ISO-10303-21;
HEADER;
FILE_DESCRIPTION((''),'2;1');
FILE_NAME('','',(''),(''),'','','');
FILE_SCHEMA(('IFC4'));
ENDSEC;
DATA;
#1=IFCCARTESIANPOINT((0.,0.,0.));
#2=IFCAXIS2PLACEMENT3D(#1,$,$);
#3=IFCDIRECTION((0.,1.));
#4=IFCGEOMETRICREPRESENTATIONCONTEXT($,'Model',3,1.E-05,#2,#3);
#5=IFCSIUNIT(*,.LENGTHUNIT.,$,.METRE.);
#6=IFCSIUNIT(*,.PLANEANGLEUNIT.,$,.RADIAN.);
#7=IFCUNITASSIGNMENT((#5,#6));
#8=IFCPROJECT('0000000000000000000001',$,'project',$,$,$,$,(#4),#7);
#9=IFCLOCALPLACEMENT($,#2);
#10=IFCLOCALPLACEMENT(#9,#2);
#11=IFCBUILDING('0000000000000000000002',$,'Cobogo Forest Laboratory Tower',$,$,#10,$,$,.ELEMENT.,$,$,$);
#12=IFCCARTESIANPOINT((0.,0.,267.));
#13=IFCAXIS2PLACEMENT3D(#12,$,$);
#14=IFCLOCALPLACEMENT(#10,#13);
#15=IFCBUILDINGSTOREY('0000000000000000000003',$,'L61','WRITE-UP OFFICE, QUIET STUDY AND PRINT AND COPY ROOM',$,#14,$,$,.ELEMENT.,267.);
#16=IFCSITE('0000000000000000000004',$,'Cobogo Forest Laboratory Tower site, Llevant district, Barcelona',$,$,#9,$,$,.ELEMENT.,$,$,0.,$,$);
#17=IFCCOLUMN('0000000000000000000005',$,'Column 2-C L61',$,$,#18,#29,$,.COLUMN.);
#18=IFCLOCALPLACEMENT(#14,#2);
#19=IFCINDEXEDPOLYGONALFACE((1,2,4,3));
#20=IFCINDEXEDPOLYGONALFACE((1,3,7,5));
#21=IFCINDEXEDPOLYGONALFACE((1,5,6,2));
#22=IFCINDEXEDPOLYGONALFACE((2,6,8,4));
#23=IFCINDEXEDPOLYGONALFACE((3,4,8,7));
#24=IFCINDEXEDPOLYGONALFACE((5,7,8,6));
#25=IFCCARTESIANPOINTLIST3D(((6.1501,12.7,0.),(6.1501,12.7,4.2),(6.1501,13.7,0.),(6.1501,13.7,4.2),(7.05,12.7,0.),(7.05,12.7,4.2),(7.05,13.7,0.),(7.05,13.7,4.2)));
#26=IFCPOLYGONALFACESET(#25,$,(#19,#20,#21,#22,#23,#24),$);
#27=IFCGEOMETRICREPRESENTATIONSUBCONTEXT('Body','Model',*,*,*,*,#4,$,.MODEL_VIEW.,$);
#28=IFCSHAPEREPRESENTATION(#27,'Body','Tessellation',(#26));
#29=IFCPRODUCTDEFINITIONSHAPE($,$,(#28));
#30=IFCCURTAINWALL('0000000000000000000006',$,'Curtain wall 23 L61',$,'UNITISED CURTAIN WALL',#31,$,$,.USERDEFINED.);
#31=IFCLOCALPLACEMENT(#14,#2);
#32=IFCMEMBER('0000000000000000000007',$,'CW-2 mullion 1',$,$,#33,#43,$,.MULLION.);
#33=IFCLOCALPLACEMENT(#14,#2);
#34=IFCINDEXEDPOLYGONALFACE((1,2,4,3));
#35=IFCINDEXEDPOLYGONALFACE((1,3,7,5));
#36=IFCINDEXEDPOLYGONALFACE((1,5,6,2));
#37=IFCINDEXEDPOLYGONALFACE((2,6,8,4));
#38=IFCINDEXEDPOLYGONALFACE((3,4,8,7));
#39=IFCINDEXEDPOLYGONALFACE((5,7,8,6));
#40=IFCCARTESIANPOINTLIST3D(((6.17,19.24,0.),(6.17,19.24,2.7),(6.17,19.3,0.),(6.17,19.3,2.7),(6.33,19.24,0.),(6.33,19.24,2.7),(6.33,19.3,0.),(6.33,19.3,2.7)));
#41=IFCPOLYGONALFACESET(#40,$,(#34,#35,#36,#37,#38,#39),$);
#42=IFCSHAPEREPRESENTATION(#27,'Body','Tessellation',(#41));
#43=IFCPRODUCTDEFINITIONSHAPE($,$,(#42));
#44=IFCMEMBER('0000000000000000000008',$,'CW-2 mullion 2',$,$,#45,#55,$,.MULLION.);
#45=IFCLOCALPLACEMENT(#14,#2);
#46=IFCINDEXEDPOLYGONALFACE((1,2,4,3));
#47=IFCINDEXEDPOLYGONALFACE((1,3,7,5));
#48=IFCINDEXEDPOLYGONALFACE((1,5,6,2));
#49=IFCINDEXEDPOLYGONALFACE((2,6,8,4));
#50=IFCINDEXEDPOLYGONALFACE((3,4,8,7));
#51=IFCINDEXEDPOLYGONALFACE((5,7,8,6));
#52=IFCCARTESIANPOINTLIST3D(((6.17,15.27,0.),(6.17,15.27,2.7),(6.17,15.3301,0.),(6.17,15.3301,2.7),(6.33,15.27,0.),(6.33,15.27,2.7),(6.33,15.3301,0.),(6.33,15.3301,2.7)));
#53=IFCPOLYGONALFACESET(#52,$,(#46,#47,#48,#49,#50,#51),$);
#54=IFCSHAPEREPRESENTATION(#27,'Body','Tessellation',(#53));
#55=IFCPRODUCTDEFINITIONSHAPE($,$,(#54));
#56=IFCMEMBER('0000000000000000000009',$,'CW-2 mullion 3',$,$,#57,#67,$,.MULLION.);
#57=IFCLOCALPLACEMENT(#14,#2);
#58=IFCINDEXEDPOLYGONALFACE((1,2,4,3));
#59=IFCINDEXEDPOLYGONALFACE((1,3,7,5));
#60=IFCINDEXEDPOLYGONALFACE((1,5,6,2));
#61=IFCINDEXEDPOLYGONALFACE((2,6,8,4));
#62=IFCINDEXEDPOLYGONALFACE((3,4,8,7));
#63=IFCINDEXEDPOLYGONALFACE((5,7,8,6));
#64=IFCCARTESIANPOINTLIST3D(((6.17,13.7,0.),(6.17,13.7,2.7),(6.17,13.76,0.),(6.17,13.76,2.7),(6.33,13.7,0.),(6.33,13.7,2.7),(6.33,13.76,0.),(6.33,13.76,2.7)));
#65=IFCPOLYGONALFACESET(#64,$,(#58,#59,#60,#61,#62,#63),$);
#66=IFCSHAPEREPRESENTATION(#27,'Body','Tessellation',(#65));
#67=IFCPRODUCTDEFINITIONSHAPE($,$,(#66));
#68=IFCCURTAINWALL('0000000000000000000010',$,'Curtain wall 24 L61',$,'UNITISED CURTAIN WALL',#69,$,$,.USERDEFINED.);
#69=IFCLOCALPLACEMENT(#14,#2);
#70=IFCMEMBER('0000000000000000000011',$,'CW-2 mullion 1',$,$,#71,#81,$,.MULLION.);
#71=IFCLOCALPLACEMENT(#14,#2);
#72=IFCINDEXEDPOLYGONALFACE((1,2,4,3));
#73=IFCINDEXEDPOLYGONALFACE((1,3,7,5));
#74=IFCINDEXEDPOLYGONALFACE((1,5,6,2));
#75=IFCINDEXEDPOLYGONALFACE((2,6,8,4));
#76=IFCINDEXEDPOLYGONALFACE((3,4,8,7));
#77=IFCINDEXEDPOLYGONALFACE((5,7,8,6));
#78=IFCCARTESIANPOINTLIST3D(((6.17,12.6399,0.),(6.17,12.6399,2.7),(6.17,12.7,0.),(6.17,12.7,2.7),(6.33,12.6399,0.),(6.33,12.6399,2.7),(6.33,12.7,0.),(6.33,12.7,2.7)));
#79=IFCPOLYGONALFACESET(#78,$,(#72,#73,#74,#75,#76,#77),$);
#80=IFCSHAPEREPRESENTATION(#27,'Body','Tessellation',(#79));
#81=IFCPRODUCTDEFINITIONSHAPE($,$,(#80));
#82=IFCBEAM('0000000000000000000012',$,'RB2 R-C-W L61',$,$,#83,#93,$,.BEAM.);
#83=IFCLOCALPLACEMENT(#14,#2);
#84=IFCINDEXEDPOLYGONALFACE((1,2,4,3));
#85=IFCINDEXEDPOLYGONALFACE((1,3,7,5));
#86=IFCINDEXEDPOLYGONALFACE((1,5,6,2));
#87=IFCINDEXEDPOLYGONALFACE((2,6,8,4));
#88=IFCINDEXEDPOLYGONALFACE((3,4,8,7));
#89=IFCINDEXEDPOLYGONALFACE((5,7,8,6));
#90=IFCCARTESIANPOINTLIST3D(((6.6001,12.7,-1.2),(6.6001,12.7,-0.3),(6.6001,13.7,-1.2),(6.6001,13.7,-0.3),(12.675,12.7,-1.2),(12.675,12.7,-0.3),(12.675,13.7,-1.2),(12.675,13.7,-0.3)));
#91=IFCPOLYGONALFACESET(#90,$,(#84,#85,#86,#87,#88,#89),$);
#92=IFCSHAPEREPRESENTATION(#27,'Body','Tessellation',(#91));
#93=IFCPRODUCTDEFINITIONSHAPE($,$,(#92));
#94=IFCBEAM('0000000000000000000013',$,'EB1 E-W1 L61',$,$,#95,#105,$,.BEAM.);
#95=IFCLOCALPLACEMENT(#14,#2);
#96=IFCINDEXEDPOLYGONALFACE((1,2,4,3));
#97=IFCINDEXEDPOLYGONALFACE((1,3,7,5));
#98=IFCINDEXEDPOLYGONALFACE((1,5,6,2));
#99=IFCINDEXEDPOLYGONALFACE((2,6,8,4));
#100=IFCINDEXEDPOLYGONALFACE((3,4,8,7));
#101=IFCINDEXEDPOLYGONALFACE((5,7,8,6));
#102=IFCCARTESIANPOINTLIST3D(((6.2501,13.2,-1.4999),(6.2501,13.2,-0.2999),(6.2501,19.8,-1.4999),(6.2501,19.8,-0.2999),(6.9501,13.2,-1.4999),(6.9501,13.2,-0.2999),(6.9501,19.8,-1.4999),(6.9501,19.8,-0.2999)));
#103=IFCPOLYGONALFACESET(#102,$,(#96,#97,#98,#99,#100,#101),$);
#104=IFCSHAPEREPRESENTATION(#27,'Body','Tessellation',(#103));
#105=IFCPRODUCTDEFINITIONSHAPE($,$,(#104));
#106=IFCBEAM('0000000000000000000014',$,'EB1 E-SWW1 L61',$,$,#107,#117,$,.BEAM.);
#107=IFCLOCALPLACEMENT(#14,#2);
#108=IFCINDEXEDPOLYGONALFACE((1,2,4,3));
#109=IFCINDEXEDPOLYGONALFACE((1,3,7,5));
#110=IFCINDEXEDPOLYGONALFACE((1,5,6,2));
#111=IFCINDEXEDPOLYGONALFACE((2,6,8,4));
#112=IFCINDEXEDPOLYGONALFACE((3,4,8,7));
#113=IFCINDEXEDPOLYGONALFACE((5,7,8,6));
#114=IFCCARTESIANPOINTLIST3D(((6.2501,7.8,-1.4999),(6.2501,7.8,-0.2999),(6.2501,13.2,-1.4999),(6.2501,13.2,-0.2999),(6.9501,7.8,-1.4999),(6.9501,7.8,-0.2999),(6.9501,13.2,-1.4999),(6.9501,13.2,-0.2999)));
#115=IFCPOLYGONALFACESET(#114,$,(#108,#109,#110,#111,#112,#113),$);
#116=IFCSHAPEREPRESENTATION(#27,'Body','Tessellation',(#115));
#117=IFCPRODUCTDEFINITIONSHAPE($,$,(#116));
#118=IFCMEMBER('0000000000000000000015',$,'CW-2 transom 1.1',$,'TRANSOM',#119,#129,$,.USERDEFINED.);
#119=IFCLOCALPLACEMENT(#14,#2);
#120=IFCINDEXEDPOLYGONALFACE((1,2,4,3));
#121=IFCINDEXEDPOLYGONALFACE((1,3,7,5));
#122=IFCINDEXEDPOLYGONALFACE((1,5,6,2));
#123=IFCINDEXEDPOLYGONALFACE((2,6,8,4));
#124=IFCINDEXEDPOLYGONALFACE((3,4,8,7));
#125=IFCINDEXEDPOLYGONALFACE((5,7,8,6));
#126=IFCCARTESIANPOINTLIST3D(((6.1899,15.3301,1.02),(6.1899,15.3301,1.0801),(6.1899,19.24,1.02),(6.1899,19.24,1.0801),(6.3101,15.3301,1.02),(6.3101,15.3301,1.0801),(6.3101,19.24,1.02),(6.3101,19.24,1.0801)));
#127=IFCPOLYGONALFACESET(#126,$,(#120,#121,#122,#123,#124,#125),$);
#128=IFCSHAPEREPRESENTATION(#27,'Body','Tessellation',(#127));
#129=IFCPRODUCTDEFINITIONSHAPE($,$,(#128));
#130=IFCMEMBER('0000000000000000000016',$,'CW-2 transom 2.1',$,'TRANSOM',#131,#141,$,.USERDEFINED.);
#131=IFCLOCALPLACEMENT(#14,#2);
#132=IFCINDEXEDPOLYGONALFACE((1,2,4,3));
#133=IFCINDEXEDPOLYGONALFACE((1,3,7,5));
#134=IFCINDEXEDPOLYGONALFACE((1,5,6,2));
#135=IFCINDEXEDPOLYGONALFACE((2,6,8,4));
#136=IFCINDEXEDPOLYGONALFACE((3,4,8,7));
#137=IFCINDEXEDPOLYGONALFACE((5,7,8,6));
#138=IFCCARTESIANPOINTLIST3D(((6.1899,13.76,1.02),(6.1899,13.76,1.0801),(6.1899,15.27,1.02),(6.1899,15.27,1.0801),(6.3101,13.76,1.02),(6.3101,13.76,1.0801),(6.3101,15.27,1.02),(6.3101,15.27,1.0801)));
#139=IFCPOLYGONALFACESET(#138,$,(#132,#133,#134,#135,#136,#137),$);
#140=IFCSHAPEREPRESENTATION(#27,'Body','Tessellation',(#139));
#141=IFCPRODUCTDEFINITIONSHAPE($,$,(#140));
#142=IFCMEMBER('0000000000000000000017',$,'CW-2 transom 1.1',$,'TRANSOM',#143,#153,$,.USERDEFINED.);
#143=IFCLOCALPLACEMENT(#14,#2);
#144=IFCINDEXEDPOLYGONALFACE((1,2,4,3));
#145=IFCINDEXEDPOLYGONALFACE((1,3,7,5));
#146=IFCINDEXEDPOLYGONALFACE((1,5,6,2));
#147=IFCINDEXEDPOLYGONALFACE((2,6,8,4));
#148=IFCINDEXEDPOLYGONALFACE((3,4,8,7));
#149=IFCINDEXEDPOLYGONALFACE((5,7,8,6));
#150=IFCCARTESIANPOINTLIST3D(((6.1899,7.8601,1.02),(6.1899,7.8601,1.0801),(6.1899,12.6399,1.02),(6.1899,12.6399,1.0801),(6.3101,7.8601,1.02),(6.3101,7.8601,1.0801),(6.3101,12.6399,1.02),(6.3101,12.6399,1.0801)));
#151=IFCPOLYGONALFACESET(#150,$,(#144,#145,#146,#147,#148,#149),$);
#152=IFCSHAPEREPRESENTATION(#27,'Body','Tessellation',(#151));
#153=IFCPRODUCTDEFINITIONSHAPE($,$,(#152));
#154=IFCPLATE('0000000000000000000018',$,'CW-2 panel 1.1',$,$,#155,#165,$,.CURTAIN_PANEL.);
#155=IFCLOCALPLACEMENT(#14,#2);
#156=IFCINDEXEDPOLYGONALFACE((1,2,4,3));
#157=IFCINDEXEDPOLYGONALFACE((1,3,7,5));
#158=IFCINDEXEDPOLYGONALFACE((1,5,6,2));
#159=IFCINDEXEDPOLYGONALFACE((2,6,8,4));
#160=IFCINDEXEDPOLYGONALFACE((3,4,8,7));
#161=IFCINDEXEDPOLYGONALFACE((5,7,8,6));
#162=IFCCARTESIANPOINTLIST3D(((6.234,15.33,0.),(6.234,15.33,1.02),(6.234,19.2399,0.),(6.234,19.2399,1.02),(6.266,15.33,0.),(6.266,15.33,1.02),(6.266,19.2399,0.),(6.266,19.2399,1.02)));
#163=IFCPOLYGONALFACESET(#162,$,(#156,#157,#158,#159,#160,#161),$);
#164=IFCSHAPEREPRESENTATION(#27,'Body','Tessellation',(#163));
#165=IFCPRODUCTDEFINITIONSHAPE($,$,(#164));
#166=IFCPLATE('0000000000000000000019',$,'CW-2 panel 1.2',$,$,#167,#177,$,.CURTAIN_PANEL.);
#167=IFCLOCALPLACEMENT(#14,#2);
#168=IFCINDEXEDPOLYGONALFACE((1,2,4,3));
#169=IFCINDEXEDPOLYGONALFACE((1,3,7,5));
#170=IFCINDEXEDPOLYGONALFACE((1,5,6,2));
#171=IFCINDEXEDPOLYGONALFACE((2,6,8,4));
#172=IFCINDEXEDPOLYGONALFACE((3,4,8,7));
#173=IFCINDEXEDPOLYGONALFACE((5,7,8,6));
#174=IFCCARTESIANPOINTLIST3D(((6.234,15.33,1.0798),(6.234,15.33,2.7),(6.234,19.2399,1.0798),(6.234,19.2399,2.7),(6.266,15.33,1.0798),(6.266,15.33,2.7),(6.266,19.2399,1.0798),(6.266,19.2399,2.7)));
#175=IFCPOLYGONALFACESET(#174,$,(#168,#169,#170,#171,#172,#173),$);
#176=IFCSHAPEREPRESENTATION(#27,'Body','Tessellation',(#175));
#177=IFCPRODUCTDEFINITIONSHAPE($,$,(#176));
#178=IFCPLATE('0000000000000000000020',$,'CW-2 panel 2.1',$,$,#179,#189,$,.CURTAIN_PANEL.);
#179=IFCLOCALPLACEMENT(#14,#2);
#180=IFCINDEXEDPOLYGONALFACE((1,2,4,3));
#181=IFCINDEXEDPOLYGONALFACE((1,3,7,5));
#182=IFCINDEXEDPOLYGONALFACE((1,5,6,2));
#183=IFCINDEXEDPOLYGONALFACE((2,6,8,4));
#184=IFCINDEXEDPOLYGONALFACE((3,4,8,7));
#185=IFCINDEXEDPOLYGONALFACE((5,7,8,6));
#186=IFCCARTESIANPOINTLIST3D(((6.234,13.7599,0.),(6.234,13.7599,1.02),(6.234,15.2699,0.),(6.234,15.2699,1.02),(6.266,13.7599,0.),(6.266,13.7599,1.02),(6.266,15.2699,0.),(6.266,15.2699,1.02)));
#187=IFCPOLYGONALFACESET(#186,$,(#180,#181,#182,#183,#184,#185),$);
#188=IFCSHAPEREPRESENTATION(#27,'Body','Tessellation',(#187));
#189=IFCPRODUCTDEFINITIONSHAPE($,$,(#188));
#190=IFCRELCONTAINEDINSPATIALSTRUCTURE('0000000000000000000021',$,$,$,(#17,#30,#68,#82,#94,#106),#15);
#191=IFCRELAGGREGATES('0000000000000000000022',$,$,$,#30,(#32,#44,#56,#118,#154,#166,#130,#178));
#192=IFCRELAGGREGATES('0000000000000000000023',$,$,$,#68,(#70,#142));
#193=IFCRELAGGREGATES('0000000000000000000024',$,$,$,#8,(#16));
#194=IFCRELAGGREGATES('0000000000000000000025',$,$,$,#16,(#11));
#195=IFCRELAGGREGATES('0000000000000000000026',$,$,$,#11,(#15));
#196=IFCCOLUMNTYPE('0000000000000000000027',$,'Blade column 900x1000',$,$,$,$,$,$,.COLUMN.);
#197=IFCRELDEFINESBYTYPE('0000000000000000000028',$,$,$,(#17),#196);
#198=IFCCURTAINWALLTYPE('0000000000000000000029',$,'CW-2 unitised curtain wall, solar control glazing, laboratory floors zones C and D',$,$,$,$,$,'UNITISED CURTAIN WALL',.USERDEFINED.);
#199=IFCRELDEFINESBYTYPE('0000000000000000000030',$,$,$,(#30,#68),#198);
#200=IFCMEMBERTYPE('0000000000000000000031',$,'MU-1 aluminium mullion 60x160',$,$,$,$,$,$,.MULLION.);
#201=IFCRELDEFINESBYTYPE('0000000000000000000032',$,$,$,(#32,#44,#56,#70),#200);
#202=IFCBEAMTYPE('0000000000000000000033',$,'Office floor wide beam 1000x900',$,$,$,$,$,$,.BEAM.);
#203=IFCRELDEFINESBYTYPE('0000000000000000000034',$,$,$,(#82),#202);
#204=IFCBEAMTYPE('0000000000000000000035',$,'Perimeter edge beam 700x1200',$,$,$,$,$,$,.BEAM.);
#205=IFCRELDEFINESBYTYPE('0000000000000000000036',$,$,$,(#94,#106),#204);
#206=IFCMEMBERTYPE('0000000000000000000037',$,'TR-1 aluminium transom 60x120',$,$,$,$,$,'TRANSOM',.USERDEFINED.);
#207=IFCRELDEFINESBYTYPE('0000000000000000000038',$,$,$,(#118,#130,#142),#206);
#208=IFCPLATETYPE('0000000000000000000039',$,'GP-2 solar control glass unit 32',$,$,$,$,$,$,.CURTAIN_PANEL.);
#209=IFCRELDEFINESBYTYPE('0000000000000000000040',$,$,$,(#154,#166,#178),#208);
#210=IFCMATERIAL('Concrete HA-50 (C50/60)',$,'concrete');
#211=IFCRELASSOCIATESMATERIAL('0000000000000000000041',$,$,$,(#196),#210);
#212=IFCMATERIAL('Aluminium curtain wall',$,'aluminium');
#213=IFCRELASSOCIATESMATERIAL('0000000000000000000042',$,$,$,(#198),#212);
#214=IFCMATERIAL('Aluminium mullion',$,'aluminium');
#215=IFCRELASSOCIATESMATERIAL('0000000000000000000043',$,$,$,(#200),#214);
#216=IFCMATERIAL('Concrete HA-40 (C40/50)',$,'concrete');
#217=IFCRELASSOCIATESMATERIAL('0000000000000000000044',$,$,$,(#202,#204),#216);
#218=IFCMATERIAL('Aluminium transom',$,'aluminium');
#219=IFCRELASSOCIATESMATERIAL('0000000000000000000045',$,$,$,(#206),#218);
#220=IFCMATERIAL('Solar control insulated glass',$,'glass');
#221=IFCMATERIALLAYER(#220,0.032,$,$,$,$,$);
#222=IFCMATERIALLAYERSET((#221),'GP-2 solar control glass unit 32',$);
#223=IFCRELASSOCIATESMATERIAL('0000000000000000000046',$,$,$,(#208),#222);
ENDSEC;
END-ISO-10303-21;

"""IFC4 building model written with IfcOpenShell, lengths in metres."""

from ifc_helpers import new_model, si_unit, direction, frame, origin, origin_2d, place, context, subcontext, project, spatial, rectangle, extrude, material, layer, layer_set, material_profile, profile_set, type_object, element, aggregate, save


model = new_model("IFC4")

# Units and contexts
model_context = context("Model", 3, precision=1e-05, world=origin(), true_north=direction((0.0, 1.0)))
body_context = subcontext(model_context, "Body", "Model", "MODEL_VIEW")
ifc_project = project(units=[si_unit("LENGTHUNIT", "METRE"), si_unit("PLANEANGLEUNIT", "RADIAN")], contexts=[model_context])

# Site, building, storey
site_placement = place(None, origin())
site = spatial("IfcSite", under=ifc_project, at=site_placement, Name="Cobogo Forest Laboratory Tower site, Llevant district, Barcelona", CompositionType="ELEMENT", RefElevation=0.0)
building_placement = place(site_placement, origin())
building = spatial("IfcBuilding", under=site, at=building_placement, Name="Cobogo Forest Laboratory Tower", CompositionType="ELEMENT")
storey_placement = place(building_placement, frame((0.0, 0.0, 267.0)))
storey = spatial("IfcBuildingStorey", under=building, at=storey_placement, Name="L61", Description="WRITE-UP OFFICE, QUIET STUDY AND PRINT AND COPY ROOM", CompositionType="ELEMENT", Elevation=267.0)

# Column
ifc_material_1 = material(Name="Concrete HA-50 (C50/60)", Category="concrete")
ifc_material_profile_1 = material_profile(ifc_material_1, rectangle(XDim=1.0, YDim=0.8999, at=origin_2d()), Name="RC 900x1000")
ifc_profile_set_1 = profile_set([ifc_material_profile_1], Name="Concrete HA-50 (C50/60)")
column_type = type_object("IfcColumnType", Name="Blade column 900x1000", PredefinedType="COLUMN", material=ifc_profile_set_1)
column_placement = place(storey_placement, frame((6.6001, 13.2, 0.0), z_axis=(0.0, 0.0, 1.0), x_axis=(0.0, 1.0, 0.0)))
element("IfcColumn", 1, at=column_placement, inside=storey, type_object=column_type, Name="Column 2-C L61", PredefinedType="COLUMN", context=body_context, shape_type="SweptSolid", body=[
    extrude(rectangle(XDim=1.0, YDim=0.8999, at=origin_2d()), origin(), (0.0, 0.0, 1.0), 4.2),
])

# Curtain wall, members
ifc_material_2 = material(Name="Aluminium curtain wall", Category="aluminium")
curtain_wall_type = type_object("IfcCurtainWallType", Name="CW-2 unitised curtain wall, solar control glazing, laboratory floors zones C and D", ElementType="UNITISED CURTAIN WALL", PredefinedType="USERDEFINED", material=ifc_material_2)
curtain_wall_1_placement = place(storey_placement, origin())
curtain_wall_1 = element("IfcCurtainWall", 2, at=curtain_wall_1_placement, inside=storey, type_object=curtain_wall_type, Name="Curtain wall 23 L61", ObjectType="UNITISED CURTAIN WALL", PredefinedType="USERDEFINED")
ifc_material_3 = material(Name="Aluminium mullion", Category="aluminium")
ifc_material_profile_2 = material_profile(ifc_material_3, rectangle(XDim=0.0601, YDim=0.1599, at=origin_2d()), Name="AL 60x160")
ifc_profile_set_2 = profile_set([ifc_material_profile_2], Name="Aluminium mullion")
member_type_1 = type_object("IfcMemberType", Name="MU-1 aluminium mullion 60x160", PredefinedType="MULLION", material=ifc_profile_set_2)
member_1_placement = place(storey_placement, frame((6.25, 19.27, 0.0), z_axis=(0.0, 0.0, 1.0), x_axis=(0.0, -1.0, 0.0)))
member_1 = element("IfcMember", 3, at=member_1_placement, type_object=member_type_1, Name="CW-2 mullion 1", PredefinedType="MULLION", context=body_context, shape_type="SweptSolid", body=[
    extrude(rectangle(XDim=0.0601, YDim=0.1599, at=origin_2d()), origin(), (0.0, 0.0, 1.0), 2.7),
])
member_2_placement = place(storey_placement, frame((6.25, 15.3, 0.0), z_axis=(0.0, 0.0, 1.0), x_axis=(0.0, -1.0, 0.0)))
member_2 = element("IfcMember", 4, at=member_2_placement, type_object=member_type_1, Name="CW-2 mullion 2", PredefinedType="MULLION", context=body_context, shape_type="SweptSolid", body=[
    extrude(rectangle(XDim=0.0601, YDim=0.1599, at=origin_2d()), origin(), (0.0, 0.0, 1.0), 2.7),
])
member_3_placement = place(storey_placement, frame((6.25, 13.73, 0.0), z_axis=(0.0, 0.0, 1.0), x_axis=(0.0, -1.0, 0.0)))
member_3 = element("IfcMember", 5, at=member_3_placement, type_object=member_type_1, Name="CW-2 mullion 3", PredefinedType="MULLION", context=body_context, shape_type="SweptSolid", body=[
    extrude(rectangle(XDim=0.0601, YDim=0.1599, at=origin_2d()), origin(), (0.0, 0.0, 1.0), 2.7),
])

# Curtain wall, member
curtain_wall_2_placement = place(storey_placement, origin())
curtain_wall_2 = element("IfcCurtainWall", 6, at=curtain_wall_2_placement, inside=storey, type_object=curtain_wall_type, Name="Curtain wall 24 L61", ObjectType="UNITISED CURTAIN WALL", PredefinedType="USERDEFINED")
member_4_placement = place(storey_placement, frame((6.25, 12.6699, 0.0), z_axis=(0.0, 0.0, 1.0), x_axis=(0.0, -1.0, 0.0)))
member_4 = element("IfcMember", 7, at=member_4_placement, type_object=member_type_1, Name="CW-2 mullion 1", PredefinedType="MULLION", context=body_context, shape_type="SweptSolid", body=[
    extrude(rectangle(XDim=0.0601, YDim=0.1599, at=origin_2d()), origin(), (0.0, 0.0, 1.0), 2.7),
])

# Beams
ifc_material_4 = material(Name="Concrete HA-40 (C40/50)", Category="concrete")
ifc_material_profile_3 = material_profile(ifc_material_4, rectangle(XDim=1.0, YDim=0.8999, at=origin_2d()), Name="RC 1000x900")
ifc_profile_set_3 = profile_set([ifc_material_profile_3], Name="Concrete HA-40 (C40/50)")
beam_type_1 = type_object("IfcBeamType", Name="Office floor wide beam 1000x900", PredefinedType="BEAM", material=ifc_profile_set_3)
beam_1_placement = place(storey_placement, frame((12.675, 13.2, -0.75), z_axis=(-1.0, 0.0, 0.0), x_axis=(0.0, -1.0, 0.0)))
element("IfcBeam", 8, at=beam_1_placement, inside=storey, type_object=beam_type_1, Name="RB2 R-C-W L61", PredefinedType="BEAM", context=body_context, shape_type="SweptSolid", body=[
    extrude(rectangle(XDim=1.0, YDim=0.8999, at=origin_2d()), origin(), (0.0, 0.0, 1.0), 6.075),
])
ifc_material_profile_4 = material_profile(ifc_material_4, rectangle(XDim=0.7, YDim=1.2, at=origin_2d()), Name="RC 700x1200")
ifc_profile_set_4 = profile_set([ifc_material_profile_4], Name="Concrete HA-40 (C40/50)")
beam_type_2 = type_object("IfcBeamType", Name="Perimeter edge beam 700x1200", PredefinedType="BEAM", material=ifc_profile_set_4)
beam_2_placement = place(storey_placement, frame((6.6001, 13.2, -0.8999), z_axis=(0.0, 1.0, 0.0), x_axis=(-1.0, 0.0, 0.0)))
element("IfcBeam", 9, at=beam_2_placement, inside=storey, type_object=beam_type_2, Name="EB1 E-W1 L61", PredefinedType="BEAM", context=body_context, shape_type="SweptSolid", body=[
    extrude(rectangle(XDim=0.7, YDim=1.2, at=origin_2d()), origin(), (0.0, 0.0, 1.0), 6.6001),
])
beam_3_placement = place(storey_placement, frame((6.6001, 13.2, -0.8999), z_axis=(0.0, -1.0, 0.0), x_axis=(1.0, 0.0, 0.0)))
element("IfcBeam", 10, at=beam_3_placement, inside=storey, type_object=beam_type_2, Name="EB1 E-SWW1 L61", PredefinedType="BEAM", context=body_context, shape_type="SweptSolid", body=[
    extrude(rectangle(XDim=0.7, YDim=1.2, at=origin_2d()), origin(), (0.0, 0.0, 1.0), 5.3999),
])

# Members
ifc_material_5 = material(Name="Aluminium transom", Category="aluminium")
ifc_material_profile_5 = material_profile(ifc_material_5, rectangle(XDim=0.1201, YDim=0.0601, at=origin_2d()), Name="AL 60x120")
ifc_profile_set_5 = profile_set([ifc_material_profile_5], Name="Aluminium transom")
member_type_2 = type_object("IfcMemberType", Name="TR-1 aluminium transom 60x120", ElementType="TRANSOM", PredefinedType="USERDEFINED", material=ifc_profile_set_5)
member_5_placement = place(storey_placement, frame((6.25, 19.24, 1.05), z_axis=(0.0, -1.0, 0.0), x_axis=(1.0, 0.0, 0.0)))
member_5 = element("IfcMember", 11, at=member_5_placement, type_object=member_type_2, Name="CW-2 transom 1.1", ObjectType="TRANSOM", PredefinedType="USERDEFINED", context=body_context, shape_type="SweptSolid", body=[
    extrude(rectangle(XDim=0.1201, YDim=0.0601, at=origin_2d()), origin(), (0.0, 0.0, 1.0), 3.9099),
])
member_6_placement = place(storey_placement, frame((6.25, 15.27, 1.05), z_axis=(0.0, -1.0, 0.0), x_axis=(1.0, 0.0, 0.0)))
member_6 = element("IfcMember", 12, at=member_6_placement, type_object=member_type_2, Name="CW-2 transom 2.1", ObjectType="TRANSOM", PredefinedType="USERDEFINED", context=body_context, shape_type="SweptSolid", body=[
    extrude(rectangle(XDim=0.1201, YDim=0.0601, at=origin_2d()), origin(), (0.0, 0.0, 1.0), 1.51),
])
member_7_placement = place(storey_placement, frame((6.25, 12.6399, 1.05), z_axis=(0.0, -1.0, 0.0), x_axis=(1.0, 0.0, 0.0)))
member_7 = element("IfcMember", 13, at=member_7_placement, type_object=member_type_2, Name="CW-2 transom 1.1", ObjectType="TRANSOM", PredefinedType="USERDEFINED", context=body_context, shape_type="SweptSolid", body=[
    extrude(rectangle(XDim=0.1201, YDim=0.0601, at=origin_2d()), origin(), (0.0, 0.0, 1.0), 4.7798),
])

# Plates
ifc_material_6 = material(Name="Solar control insulated glass", Category="glass")
ifc_layer_1 = layer(ifc_material_6, 0.032)
ifc_layer_set_1 = layer_set([ifc_layer_1], Name="GP-2 solar control glass unit 32")
plate_type_1 = type_object("IfcPlateType", Name="GP-2 solar control glass unit 32", PredefinedType="CURTAIN_PANEL", material=ifc_layer_set_1)
plate_1_placement = place(storey_placement, frame((6.25, 17.2849, 0.0), z_axis=(0.0, 0.0, 1.0), x_axis=(0.0, -1.0, 0.0)))
plate_1 = element("IfcPlate", 14, at=plate_1_placement, type_object=plate_type_1, Name="CW-2 panel 1.1", PredefinedType="CURTAIN_PANEL", context=body_context, shape_type="SweptSolid", body=[
    extrude(rectangle(XDim=3.9099, YDim=0.032, at=origin_2d()), origin(), (0.0, 0.0, 1.0), 1.02),
])
plate_2_placement = place(storey_placement, frame((6.25, 17.2849, 1.0798), z_axis=(0.0, 0.0, 1.0), x_axis=(0.0, -1.0, 0.0)))
plate_2 = element("IfcPlate", 15, at=plate_2_placement, type_object=plate_type_1, Name="CW-2 panel 1.2", PredefinedType="CURTAIN_PANEL", context=body_context, shape_type="SweptSolid", body=[
    extrude(rectangle(XDim=3.9099, YDim=0.032, at=origin_2d()), origin(), (0.0, 0.0, 1.0), 1.6201),
])
plate_3_placement = place(storey_placement, frame((6.25, 14.5149, 0.0), z_axis=(0.0, 0.0, 1.0), x_axis=(0.0, -1.0, 0.0)))
plate_3 = element("IfcPlate", 16, at=plate_3_placement, type_object=plate_type_1, Name="CW-2 panel 2.1", PredefinedType="CURTAIN_PANEL", context=body_context, shape_type="SweptSolid", body=[
    extrude(rectangle(XDim=1.51, YDim=0.032, at=origin_2d()), origin(), (0.0, 0.0, 1.0), 1.02),
])
aggregate(curtain_wall_1, [member_1, member_2, member_3, member_5, plate_1, plate_2, member_6, plate_3])
aggregate(curtain_wall_2, [member_4, member_7])

save(model, "model.ifc")
